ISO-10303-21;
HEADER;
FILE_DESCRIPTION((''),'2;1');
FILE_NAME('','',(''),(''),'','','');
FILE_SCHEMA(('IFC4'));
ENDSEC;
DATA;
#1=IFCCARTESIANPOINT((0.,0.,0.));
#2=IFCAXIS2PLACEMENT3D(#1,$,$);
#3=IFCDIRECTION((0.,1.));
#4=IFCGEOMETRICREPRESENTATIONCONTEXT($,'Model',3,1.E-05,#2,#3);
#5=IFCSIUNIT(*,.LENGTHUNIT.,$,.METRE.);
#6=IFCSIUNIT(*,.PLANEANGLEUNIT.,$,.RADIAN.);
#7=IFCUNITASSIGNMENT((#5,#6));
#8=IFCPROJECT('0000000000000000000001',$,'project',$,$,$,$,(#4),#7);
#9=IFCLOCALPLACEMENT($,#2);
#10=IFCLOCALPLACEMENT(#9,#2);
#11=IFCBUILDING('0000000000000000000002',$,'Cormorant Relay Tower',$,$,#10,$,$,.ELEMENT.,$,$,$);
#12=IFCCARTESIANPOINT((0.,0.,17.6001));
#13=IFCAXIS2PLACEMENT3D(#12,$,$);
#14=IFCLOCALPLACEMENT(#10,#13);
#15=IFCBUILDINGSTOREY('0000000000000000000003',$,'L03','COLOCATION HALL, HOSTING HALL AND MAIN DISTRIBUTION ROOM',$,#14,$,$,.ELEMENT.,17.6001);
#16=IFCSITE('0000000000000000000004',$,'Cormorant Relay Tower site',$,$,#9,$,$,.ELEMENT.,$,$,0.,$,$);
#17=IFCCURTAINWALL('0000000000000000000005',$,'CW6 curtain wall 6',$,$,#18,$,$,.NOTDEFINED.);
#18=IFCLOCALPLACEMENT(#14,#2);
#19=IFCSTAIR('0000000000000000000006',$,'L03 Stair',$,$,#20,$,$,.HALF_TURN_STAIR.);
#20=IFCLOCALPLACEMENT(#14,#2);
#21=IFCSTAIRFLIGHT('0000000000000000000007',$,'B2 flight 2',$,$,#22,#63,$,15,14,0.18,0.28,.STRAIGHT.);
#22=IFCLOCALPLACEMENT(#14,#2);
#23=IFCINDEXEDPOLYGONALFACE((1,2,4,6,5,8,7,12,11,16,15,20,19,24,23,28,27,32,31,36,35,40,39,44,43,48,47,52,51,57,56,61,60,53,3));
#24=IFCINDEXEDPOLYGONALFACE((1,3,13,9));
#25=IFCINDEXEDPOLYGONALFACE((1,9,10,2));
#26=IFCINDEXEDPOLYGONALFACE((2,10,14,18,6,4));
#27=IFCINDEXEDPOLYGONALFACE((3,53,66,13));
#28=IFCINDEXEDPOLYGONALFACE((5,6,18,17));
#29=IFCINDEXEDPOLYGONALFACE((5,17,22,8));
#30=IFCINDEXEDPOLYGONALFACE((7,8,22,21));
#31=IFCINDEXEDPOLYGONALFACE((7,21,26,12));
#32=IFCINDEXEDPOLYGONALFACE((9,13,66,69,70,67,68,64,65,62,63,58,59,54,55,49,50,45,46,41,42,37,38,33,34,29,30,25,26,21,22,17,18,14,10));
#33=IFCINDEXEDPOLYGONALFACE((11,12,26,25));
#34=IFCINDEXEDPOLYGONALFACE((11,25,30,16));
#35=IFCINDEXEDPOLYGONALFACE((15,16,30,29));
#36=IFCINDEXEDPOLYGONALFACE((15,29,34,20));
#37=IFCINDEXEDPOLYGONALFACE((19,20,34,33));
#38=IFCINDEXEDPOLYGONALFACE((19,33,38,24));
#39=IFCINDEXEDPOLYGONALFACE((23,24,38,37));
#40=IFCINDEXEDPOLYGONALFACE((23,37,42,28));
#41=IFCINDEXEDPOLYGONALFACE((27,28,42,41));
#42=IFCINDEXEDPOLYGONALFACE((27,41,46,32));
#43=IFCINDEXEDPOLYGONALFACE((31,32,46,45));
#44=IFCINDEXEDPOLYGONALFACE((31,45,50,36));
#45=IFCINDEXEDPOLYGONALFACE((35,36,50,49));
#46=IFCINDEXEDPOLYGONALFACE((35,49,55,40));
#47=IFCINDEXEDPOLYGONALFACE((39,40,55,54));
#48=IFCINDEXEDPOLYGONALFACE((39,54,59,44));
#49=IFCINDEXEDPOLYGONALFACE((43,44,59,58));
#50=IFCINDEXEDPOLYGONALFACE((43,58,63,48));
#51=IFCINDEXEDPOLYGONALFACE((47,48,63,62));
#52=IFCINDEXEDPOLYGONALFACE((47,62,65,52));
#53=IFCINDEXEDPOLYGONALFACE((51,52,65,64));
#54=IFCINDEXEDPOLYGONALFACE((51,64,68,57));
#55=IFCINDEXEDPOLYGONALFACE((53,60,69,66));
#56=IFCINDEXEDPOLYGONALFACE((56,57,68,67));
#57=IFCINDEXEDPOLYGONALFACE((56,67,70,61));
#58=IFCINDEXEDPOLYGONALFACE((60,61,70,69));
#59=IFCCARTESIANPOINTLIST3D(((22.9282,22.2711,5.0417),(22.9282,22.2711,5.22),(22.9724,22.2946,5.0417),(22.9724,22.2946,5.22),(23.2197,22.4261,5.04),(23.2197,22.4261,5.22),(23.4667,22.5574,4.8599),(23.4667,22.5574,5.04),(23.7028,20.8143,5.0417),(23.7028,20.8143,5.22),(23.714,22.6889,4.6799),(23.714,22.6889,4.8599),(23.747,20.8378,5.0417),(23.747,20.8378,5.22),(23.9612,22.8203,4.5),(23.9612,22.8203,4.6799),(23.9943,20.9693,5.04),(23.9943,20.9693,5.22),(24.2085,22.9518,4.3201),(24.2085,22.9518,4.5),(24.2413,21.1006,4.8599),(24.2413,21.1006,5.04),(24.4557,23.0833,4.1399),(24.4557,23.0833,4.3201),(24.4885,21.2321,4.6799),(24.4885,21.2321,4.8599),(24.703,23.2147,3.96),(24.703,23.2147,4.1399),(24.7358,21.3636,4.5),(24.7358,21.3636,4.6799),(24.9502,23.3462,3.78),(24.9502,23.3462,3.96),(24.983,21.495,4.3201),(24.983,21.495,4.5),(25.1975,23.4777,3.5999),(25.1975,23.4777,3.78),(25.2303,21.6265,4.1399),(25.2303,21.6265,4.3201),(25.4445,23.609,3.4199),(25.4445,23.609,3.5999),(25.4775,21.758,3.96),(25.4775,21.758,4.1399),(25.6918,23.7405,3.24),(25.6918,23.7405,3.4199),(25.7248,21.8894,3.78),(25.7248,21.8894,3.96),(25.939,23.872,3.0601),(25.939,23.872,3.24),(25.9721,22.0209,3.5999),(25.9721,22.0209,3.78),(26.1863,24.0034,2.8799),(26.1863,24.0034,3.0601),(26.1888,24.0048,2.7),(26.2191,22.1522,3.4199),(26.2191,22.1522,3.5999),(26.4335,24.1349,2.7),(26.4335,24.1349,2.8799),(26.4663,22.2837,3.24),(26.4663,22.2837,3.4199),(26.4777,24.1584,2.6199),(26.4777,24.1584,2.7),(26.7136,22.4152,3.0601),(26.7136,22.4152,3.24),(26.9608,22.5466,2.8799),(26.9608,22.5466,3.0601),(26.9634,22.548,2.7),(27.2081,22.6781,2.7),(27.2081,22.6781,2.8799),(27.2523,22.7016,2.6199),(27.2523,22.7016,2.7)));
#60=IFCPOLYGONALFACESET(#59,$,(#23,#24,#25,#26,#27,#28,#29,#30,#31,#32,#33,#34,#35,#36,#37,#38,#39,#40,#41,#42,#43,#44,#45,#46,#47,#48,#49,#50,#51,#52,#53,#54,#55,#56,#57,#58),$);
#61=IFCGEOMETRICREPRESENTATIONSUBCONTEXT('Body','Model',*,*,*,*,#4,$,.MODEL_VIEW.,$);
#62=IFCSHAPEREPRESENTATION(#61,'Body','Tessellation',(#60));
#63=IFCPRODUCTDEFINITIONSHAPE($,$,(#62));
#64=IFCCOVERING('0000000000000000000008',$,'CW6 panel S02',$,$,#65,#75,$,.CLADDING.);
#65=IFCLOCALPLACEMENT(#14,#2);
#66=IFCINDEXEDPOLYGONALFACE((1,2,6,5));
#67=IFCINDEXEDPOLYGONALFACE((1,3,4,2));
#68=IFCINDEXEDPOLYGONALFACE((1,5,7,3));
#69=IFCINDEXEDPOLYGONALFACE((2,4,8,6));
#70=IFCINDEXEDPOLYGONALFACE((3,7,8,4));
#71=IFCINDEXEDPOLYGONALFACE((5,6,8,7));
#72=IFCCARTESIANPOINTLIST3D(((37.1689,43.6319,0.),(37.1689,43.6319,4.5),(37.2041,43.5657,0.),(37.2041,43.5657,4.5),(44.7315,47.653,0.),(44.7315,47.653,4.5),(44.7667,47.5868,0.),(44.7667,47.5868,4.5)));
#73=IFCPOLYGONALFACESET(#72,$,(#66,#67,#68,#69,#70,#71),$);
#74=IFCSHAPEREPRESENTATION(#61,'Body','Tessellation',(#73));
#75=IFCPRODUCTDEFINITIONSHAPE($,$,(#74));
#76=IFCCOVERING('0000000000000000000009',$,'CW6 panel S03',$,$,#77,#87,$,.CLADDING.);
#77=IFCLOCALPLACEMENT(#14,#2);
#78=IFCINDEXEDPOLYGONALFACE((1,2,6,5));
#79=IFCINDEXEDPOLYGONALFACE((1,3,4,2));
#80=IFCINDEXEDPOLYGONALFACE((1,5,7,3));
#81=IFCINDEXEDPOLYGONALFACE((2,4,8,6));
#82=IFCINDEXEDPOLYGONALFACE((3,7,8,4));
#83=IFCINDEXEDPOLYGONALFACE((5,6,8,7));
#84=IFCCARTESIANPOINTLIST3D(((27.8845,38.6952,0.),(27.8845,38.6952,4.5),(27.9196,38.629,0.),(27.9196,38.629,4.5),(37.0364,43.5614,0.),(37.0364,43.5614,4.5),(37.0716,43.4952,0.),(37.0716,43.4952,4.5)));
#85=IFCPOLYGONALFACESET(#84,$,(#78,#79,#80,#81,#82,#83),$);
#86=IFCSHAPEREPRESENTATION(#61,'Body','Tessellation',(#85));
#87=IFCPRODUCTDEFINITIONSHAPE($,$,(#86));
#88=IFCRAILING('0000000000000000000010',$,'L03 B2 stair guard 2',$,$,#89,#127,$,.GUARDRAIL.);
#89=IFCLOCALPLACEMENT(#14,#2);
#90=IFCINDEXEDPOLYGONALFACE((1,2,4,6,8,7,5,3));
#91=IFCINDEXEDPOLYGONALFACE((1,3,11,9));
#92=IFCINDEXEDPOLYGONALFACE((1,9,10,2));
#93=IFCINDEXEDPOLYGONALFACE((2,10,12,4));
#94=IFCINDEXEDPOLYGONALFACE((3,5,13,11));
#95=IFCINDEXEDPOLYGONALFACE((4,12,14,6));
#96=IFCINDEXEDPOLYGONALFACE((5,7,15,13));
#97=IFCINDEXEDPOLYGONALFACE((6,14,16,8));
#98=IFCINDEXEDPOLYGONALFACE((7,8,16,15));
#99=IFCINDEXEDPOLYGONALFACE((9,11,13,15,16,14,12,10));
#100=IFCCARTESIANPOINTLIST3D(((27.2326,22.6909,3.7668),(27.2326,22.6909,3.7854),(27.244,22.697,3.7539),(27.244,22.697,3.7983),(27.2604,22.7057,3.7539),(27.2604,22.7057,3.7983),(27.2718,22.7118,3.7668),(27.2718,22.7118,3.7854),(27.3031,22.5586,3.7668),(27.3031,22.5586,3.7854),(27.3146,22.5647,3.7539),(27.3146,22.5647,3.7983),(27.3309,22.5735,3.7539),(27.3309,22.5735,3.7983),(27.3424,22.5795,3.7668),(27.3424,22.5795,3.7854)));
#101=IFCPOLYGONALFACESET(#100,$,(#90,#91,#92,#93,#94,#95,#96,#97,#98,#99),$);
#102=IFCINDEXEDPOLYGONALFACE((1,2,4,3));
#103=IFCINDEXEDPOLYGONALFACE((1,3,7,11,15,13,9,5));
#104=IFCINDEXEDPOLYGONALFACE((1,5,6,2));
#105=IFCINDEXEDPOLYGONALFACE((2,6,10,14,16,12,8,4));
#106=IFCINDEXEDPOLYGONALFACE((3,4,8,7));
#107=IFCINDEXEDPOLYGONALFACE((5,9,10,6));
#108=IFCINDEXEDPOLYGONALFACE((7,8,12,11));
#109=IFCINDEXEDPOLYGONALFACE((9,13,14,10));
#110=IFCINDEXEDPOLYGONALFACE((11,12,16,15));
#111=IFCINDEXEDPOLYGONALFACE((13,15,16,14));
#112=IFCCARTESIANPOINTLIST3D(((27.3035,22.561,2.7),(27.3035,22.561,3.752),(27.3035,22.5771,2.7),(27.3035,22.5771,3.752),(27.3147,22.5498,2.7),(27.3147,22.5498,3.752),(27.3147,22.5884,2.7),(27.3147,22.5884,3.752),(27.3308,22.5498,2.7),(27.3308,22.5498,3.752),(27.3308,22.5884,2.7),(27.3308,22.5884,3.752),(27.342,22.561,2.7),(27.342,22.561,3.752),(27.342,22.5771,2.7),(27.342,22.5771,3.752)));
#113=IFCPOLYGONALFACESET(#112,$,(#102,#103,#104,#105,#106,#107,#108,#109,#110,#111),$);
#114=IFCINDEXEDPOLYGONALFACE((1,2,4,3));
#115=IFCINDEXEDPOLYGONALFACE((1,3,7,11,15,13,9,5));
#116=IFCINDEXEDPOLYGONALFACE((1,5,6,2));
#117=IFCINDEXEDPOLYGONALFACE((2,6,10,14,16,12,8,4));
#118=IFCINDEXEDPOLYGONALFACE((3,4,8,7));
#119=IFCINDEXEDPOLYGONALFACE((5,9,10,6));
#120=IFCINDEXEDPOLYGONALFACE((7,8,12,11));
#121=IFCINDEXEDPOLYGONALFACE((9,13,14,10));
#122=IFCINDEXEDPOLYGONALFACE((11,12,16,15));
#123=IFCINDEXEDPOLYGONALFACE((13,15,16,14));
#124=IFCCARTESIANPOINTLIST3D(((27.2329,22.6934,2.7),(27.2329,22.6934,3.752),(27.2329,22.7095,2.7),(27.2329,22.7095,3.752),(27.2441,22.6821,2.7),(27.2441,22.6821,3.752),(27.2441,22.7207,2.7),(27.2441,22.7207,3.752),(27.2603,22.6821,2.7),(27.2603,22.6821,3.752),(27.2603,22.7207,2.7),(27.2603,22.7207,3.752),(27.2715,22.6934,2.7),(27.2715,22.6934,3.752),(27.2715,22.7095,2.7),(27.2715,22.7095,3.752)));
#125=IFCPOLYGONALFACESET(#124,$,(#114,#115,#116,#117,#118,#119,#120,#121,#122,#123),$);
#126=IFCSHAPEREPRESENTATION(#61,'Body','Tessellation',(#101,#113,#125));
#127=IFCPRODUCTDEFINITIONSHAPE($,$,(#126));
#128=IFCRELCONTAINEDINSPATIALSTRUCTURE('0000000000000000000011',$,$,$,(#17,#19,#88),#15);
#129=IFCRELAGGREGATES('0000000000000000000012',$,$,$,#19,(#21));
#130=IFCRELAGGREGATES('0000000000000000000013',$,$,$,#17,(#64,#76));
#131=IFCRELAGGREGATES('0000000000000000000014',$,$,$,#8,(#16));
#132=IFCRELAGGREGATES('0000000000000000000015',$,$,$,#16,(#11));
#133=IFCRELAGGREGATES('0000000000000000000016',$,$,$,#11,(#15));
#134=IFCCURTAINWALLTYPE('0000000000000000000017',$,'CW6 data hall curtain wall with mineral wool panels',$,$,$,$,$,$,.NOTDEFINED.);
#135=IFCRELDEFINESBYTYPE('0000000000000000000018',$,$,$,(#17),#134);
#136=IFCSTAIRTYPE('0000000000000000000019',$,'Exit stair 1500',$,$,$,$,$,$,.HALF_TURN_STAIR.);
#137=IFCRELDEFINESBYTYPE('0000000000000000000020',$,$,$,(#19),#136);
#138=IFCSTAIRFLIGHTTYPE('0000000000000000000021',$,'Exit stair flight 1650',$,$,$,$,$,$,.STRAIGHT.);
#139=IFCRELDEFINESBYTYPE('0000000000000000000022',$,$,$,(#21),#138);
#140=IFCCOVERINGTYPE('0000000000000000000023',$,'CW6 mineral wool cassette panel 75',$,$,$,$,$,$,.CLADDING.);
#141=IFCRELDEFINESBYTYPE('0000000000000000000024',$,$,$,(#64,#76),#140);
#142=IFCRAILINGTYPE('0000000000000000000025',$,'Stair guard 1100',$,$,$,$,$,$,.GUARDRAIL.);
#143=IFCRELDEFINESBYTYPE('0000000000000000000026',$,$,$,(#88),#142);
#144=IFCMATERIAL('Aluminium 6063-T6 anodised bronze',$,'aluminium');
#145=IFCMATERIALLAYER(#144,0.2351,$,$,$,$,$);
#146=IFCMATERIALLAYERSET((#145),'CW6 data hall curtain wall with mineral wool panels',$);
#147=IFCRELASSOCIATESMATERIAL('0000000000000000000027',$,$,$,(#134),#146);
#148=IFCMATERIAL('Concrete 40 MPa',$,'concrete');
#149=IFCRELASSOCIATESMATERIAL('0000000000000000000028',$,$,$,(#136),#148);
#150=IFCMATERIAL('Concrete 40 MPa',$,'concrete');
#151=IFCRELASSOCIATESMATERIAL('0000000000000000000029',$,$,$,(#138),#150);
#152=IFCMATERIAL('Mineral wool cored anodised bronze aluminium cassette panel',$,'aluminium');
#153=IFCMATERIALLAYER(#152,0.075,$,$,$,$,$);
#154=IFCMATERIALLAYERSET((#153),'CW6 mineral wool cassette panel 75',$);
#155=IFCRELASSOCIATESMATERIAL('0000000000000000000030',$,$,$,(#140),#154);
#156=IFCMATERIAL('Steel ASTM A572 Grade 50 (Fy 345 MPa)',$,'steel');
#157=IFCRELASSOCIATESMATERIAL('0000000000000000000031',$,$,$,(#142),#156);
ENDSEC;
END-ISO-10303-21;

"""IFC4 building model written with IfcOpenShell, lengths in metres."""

from ifc_helpers import new_model, si_unit, direction, frame, origin, origin_2d, place, context, subcontext, project, spatial, polyline, rectangle, outline, extrude, material, layer, layer_set, type_object, element, aggregate, save


model = new_model("IFC4")

# Units and contexts
model_context = context("Model", 3, precision=1e-05, world=origin(), true_north=direction((0.0, 1.0)))
body_context = subcontext(model_context, "Body", "Model", "MODEL_VIEW")
ifc_project = project(units=[si_unit("LENGTHUNIT", "METRE"), si_unit("PLANEANGLEUNIT", "RADIAN")], contexts=[model_context])

# Site, building, storey
site_placement = place(None, origin())
site = spatial("IfcSite", under=ifc_project, at=site_placement, Name="Cormorant Relay Tower site", CompositionType="ELEMENT", RefElevation=0.0)
building_placement = place(site_placement, origin())
building = spatial("IfcBuilding", under=site, at=building_placement, Name="Cormorant Relay Tower", CompositionType="ELEMENT")
storey_placement = place(building_placement, frame((0.0, 0.0, 17.6001)))
storey = spatial("IfcBuildingStorey", under=building, at=storey_placement, Name="L03", Description="COLOCATION HALL, HOSTING HALL AND MAIN DISTRIBUTION ROOM", CompositionType="ELEMENT", Elevation=17.6001)

# Curtain wall
ifc_material_1 = material(Name="Aluminium 6063-T6 anodised bronze", Category="aluminium")
ifc_layer_1 = layer(ifc_material_1, 0.2351)
ifc_layer_set_1 = layer_set([ifc_layer_1], Name="CW6 data hall curtain wall with mineral wool panels")
curtain_wall_type = type_object("IfcCurtainWallType", Name="CW6 data hall curtain wall with mineral wool panels", PredefinedType="NOTDEFINED", material=ifc_layer_set_1)
curtain_wall_placement = place(storey_placement, origin())
curtain_wall = element("IfcCurtainWall", 1, at=curtain_wall_placement, inside=storey, type_object=curtain_wall_type, Name="CW6 curtain wall 6", PredefinedType="NOTDEFINED")

# Stair, stair flight
ifc_material_2 = material(Name="Concrete 40 MPa", Category="concrete")
stair_type = type_object("IfcStairType", Name="Exit stair 1500", PredefinedType="HALF_TURN_STAIR", material=ifc_material_2)
stair_placement = place(storey_placement, origin())
stair = element("IfcStair", 2, at=stair_placement, inside=storey, type_object=stair_type, Name="L03 Stair", PredefinedType="HALF_TURN_STAIR")
ifc_material_3 = material(Name="Concrete 40 MPa", Category="concrete")
stair_flight_type = type_object("IfcStairFlightType", Name="Exit stair flight 1650", PredefinedType="STRAIGHT", material=ifc_material_3)
stair_flight_placement = place(storey_placement, frame((26.8208, 23.4065, 2.7), z_axis=(0.0, 0.0, 1.0), x_axis=(-0.882948, -0.469472, 0.0)))
stair_flight = element("IfcStairFlight", 3, at=stair_flight_placement, type_object=stair_flight_type, Name="B2 flight 2", NumberOfRisers=15, NumberOfTreads=14, PredefinedType="STRAIGHT", RiserHeight=0.18, TreadLength=0.28, context=body_context, shape_type="SweptSolid", body=[
    extrude(outline(polyline([(-0.05, -0.0801), (-0.05, 0.0), (0.0, 0.0), (0.0, 0.1799), (0.28, 0.1799), (0.28, 0.3601), (0.5601, 0.3601), (0.5601, 0.54), (0.8401, 0.54), (0.8401, 0.72), (1.1201, 0.72), (1.1201, 0.8999), (1.3999, 0.8999), (1.3999, 1.0801), (1.6799, 1.0801), (1.6799, 1.26), (1.96, 1.26), (1.96, 1.4399), (2.24, 1.4399), (2.24, 1.6201), (2.52, 1.6201), (2.52, 1.8), (2.8, 1.8), (2.8, 1.98), (3.0801, 1.98), (3.0801, 2.1599), (3.3601, 2.1599), (3.3601, 2.3401), (3.6399, 2.3401), (3.6399, 2.52), (3.9199, 2.52), (3.97, 2.52), (3.97, 2.3418), (3.9199, 2.3418), (0.2771, 0.0), (-0.05, -0.0801)])), frame((0.0, 0.825, 0.0), z_axis=(0.0, -1.0, 0.0), x_axis=(1.0, 0.0, 0.0)), (0.0, 0.0, 1.0), 1.6499),
])
aggregate(stair, [stair_flight])

# Coverings
ifc_material_4 = material(Name="Mineral wool cored anodised bronze aluminium cassette panel", Category="aluminium")
ifc_layer_2 = layer(ifc_material_4, 0.075)
ifc_layer_set_2 = layer_set([ifc_layer_2], Name="CW6 mineral wool cassette panel 75")
covering_type = type_object("IfcCoveringType", Name="CW6 mineral wool cassette panel 75", PredefinedType="CLADDING", material=ifc_layer_set_2)
covering_1_placement = place(storey_placement, frame((40.9678, 45.6094, 0.0), z_axis=(0.0, 0.0, 1.0), x_axis=(-0.882948, -0.469472, 0.0)))
covering_1 = element("IfcCovering", 4, at=covering_1_placement, type_object=covering_type, Name="CW6 panel S02", PredefinedType="CLADDING", context=body_context, shape_type="SweptSolid", body=[
    extrude(rectangle(XDim=8.5652, YDim=0.075, at=origin_2d()), origin(), (0.0, 0.0, 1.0), 4.5),
])
covering_2_placement = place(storey_placement, frame((32.478, 41.0952, 0.0), z_axis=(0.0, 0.0, 1.0), x_axis=(-0.882948, -0.469472, 0.0)))
covering_2 = element("IfcCovering", 5, at=covering_2_placement, type_object=covering_type, Name="CW6 panel S03", PredefinedType="CLADDING", context=body_context, shape_type="SweptSolid", body=[
    extrude(rectangle(XDim=10.3652, YDim=0.075, at=origin_2d()), origin(), (0.0, 0.0, 1.0), 4.5),
])
aggregate(curtain_wall, [covering_1, covering_2])

# Railing
ifc_material_5 = material(Name="Steel ASTM A572 Grade 50 (Fy 345 MPa)", Category="steel")
railing_type_1 = type_object("IfcRailingType", Name="Stair guard 1100", PredefinedType="GUARDRAIL", material=ifc_material_5)
railing_1_placement = place(storey_placement, frame((27.3228, 22.5691, 2.7)))
element("IfcRailing", 6, at=railing_1_placement, inside=storey, type_object=railing_type_1, Name="L03 B2 stair guard 2", PredefinedType="GUARDRAIL", context=body_context, shape_type="SweptSolid", body=[
    extrude(outline(polyline([(0.0222, 0.0093), (0.0093, 0.0222), (-0.0093, 0.0222), (-0.0222, 0.0093), (-0.0222, -0.0093), (-0.0093, -0.0222), (0.0093, -0.0222), (0.0222, -0.0093), (0.0222, 0.0093)])), frame((0.0, 0.0, 1.0762), z_axis=(-0.470504, 0.882398, 0.0), x_axis=(-0.882398, -0.470504, 0.0)), (0.0, 0.0, 1.0), 0.1499),
    extrude(outline(polyline([(0.0193, 0.0081), (0.0081, 0.0193), (-0.0081, 0.0193), (-0.0193, 0.0081), (-0.0193, -0.0081), (-0.0081, -0.0193), (0.0081, -0.0193), (0.0193, -0.0081), (0.0193, 0.0081)])), origin(), (0.0, 0.0, 1.0), 1.052),
    extrude(outline(polyline([(0.0193, 0.0081), (0.0081, 0.0193), (-0.0081, 0.0193), (-0.0193, 0.0081), (-0.0193, -0.0081), (-0.0081, -0.0193), (0.0081, -0.0193), (0.0193, -0.0081), (0.0193, 0.0081)])), frame((-0.0706, 0.1323, 0.0)), (0.0, 0.0, 1.0), 1.052),
])

save(model, "model.ifc")
